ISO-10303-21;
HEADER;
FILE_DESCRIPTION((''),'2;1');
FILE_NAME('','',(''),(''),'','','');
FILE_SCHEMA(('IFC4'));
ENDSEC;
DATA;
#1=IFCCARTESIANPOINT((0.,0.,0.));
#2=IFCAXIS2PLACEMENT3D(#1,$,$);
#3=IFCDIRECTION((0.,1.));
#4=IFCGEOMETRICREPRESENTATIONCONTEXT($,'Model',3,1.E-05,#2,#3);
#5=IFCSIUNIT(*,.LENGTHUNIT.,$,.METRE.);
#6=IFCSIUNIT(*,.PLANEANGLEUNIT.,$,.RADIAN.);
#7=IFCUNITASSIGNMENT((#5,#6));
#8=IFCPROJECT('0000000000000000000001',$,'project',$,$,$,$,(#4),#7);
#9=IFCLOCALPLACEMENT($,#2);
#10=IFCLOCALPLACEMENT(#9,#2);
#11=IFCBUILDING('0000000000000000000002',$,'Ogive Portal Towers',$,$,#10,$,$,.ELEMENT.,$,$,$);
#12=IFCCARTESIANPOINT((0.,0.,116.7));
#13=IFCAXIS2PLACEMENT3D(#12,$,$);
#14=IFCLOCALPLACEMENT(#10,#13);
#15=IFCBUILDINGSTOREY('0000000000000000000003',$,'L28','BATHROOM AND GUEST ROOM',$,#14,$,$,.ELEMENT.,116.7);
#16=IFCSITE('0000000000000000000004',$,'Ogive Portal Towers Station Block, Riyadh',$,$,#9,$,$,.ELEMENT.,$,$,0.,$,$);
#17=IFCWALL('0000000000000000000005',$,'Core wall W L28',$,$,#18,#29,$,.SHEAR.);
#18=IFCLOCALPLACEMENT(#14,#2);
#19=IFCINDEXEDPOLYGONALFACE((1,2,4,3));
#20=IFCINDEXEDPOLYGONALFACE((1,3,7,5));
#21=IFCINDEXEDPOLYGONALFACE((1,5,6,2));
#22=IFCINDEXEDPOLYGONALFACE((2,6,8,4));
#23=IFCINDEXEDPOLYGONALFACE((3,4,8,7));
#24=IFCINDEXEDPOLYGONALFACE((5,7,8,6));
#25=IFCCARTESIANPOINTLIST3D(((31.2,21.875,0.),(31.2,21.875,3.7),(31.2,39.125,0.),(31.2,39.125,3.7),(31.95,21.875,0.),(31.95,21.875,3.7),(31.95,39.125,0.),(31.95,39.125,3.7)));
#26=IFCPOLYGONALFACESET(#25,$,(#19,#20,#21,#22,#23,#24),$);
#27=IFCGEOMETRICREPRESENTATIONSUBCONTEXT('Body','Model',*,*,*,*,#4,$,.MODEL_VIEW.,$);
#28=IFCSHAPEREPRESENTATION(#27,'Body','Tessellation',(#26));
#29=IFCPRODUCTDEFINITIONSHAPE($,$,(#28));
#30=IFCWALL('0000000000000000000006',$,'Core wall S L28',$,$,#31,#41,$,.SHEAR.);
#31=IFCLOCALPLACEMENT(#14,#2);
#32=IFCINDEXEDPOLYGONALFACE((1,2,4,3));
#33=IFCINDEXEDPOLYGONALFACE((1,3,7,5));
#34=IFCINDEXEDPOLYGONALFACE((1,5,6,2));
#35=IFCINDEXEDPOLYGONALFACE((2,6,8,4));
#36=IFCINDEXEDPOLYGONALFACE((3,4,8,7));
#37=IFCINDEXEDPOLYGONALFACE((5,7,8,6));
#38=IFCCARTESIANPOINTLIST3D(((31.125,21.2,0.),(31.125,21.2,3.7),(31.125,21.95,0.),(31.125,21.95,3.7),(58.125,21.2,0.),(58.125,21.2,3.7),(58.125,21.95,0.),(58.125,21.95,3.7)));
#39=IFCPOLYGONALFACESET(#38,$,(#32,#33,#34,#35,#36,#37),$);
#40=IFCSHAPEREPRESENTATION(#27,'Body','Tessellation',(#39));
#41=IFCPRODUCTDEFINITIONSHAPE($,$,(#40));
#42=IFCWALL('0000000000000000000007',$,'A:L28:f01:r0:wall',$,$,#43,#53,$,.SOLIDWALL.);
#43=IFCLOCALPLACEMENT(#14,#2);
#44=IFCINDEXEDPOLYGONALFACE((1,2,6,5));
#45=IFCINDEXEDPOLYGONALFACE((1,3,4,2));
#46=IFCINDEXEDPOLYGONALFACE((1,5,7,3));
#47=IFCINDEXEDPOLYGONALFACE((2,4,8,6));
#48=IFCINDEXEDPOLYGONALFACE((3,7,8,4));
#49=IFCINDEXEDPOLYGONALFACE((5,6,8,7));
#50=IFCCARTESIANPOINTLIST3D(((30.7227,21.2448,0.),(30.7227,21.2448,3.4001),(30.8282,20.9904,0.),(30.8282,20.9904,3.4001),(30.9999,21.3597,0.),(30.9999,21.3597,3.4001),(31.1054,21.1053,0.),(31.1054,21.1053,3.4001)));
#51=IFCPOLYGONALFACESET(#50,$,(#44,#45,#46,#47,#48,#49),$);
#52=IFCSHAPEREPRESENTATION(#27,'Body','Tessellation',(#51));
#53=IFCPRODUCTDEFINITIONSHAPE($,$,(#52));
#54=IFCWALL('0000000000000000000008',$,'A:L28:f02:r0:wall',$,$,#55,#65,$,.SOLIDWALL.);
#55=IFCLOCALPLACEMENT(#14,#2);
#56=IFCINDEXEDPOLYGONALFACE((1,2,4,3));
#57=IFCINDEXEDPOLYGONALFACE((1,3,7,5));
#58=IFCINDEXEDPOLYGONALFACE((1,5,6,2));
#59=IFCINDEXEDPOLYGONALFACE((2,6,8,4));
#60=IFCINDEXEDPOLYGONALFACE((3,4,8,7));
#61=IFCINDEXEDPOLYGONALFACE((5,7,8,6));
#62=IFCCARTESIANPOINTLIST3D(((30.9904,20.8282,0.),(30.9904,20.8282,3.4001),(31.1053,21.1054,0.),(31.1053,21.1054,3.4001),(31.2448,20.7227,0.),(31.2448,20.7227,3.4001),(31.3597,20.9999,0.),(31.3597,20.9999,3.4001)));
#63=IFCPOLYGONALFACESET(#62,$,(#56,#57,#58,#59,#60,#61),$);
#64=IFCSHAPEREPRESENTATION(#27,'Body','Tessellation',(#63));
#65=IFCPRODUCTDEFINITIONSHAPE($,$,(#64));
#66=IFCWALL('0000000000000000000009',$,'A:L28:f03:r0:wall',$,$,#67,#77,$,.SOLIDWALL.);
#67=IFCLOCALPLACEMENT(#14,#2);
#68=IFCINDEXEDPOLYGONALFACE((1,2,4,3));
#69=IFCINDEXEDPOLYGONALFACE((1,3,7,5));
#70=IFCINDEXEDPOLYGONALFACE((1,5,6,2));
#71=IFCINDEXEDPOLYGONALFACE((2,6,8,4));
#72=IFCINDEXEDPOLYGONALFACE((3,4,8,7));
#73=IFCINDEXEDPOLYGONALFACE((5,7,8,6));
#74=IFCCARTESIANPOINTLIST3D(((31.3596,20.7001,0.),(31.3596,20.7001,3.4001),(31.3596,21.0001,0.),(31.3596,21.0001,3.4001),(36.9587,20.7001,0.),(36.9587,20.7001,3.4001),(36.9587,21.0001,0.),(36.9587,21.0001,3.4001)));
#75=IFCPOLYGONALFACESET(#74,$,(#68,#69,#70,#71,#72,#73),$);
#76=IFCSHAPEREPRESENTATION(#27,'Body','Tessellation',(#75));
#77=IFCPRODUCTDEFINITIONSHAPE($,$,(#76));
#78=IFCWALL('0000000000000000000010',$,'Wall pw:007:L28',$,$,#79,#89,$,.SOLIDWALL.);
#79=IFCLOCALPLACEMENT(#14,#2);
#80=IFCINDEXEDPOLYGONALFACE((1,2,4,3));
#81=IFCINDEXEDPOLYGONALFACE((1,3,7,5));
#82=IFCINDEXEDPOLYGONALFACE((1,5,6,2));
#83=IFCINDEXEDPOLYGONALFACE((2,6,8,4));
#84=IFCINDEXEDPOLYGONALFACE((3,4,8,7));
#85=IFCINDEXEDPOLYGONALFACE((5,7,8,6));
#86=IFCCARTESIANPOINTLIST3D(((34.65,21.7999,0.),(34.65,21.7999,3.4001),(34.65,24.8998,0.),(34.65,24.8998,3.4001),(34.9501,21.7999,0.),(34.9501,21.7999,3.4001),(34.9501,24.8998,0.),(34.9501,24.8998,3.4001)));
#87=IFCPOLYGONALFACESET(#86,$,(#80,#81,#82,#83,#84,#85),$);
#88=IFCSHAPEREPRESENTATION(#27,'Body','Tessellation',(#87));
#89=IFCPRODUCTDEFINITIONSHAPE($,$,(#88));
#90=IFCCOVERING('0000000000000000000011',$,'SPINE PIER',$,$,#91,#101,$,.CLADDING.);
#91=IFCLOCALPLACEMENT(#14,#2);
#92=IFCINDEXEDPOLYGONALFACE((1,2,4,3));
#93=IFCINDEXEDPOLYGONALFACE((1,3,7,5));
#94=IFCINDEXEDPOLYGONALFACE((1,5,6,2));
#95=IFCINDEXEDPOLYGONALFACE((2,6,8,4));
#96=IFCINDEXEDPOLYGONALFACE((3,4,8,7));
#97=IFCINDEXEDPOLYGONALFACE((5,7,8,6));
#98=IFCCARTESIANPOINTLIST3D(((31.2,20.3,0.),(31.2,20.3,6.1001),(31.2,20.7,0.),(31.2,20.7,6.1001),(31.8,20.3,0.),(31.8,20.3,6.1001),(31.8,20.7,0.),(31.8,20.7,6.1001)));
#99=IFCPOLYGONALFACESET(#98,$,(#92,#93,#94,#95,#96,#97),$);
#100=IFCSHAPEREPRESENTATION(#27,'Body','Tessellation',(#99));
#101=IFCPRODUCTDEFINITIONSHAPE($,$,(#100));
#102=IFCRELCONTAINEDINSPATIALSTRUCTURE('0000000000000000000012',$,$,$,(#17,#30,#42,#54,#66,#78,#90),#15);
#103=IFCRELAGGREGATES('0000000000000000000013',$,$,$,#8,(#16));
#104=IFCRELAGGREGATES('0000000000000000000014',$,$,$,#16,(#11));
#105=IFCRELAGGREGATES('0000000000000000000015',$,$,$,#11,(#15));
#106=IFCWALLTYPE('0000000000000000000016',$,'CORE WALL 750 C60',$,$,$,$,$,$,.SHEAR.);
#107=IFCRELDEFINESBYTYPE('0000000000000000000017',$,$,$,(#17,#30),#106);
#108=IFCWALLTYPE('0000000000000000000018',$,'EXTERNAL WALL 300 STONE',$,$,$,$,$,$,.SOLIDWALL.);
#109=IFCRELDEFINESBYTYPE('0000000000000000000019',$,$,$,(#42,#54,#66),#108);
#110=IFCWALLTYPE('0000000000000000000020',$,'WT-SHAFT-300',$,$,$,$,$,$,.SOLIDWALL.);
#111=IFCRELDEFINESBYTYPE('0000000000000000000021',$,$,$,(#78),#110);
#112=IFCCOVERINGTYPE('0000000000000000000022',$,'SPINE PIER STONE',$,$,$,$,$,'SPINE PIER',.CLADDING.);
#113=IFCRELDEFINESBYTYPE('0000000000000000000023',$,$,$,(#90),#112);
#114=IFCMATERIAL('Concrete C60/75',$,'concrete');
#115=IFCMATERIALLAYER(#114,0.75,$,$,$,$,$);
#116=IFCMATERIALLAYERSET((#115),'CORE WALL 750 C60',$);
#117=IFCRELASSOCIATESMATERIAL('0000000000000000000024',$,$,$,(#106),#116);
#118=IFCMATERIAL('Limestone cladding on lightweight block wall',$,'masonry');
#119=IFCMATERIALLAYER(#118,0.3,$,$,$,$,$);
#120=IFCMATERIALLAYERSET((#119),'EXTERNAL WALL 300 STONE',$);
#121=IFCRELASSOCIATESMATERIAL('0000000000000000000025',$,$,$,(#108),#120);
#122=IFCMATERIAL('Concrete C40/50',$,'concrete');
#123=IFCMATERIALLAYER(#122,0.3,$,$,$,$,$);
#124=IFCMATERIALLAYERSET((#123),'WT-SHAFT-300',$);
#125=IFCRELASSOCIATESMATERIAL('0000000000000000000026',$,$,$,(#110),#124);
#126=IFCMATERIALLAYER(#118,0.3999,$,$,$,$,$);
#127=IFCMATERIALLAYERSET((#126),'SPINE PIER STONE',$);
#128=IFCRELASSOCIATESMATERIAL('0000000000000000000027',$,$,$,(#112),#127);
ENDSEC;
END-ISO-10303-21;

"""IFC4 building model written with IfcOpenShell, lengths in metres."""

from ifc_helpers import new_model, si_unit, direction, frame, frame_2d, origin, origin_2d, place, context, subcontext, project, spatial, rectangle, extrude, material, layer, layer_set, type_object, element, save


model = new_model("IFC4")

# Units and contexts
model_context = context("Model", 3, precision=1e-05, world=origin(), true_north=direction((0.0, 1.0)))
body_context = subcontext(model_context, "Body", "Model", "MODEL_VIEW")
ifc_project = project(units=[si_unit("LENGTHUNIT", "METRE"), si_unit("PLANEANGLEUNIT", "RADIAN")], contexts=[model_context])

# Site, building, storey
site_placement = place(None, origin())
site = spatial("IfcSite", under=ifc_project, at=site_placement, Name="Ogive Portal Towers Station Block, Riyadh", CompositionType="ELEMENT", RefElevation=0.0)
building_placement = place(site_placement, origin())
building = spatial("IfcBuilding", under=site, at=building_placement, Name="Ogive Portal Towers", CompositionType="ELEMENT")
storey_placement = place(building_placement, frame((0.0, 0.0, 116.7)))
storey = spatial("IfcBuildingStorey", under=building, at=storey_placement, Name="L28", Description="BATHROOM AND GUEST ROOM", CompositionType="ELEMENT", Elevation=116.7)

# Walls
ifc_material_1 = material(Name="Concrete C60/75", Category="concrete")
ifc_layer_1 = layer(ifc_material_1, 0.75)
ifc_layer_set_1 = layer_set([ifc_layer_1], Name="CORE WALL 750 C60")
wall_type_1 = type_object("IfcWallType", Name="CORE WALL 750 C60", PredefinedType="SHEAR", material=ifc_layer_set_1)
wall_1_placement = place(storey_placement, frame((31.575, 21.875, 0.0), z_axis=(0.0, 0.0, 1.0), x_axis=(0.0, 1.0, 0.0)))
element("IfcWall", 1, at=wall_1_placement, inside=storey, type_object=wall_type_1, Name="Core wall W L28", PredefinedType="SHEAR", context=body_context, shape_type="SweptSolid", body=[
    extrude(rectangle(XDim=17.25, YDim=0.75, at=frame_2d((8.625, 0.0))), origin(), (0.0, 0.0, 1.0), 3.7),
])
wall_2_placement = place(storey_placement, frame((31.125, 21.575, 0.0), z_axis=(0.0, 0.0, 1.0), x_axis=(1.0, 0.0, 0.0)))
element("IfcWall", 2, at=wall_2_placement, inside=storey, type_object=wall_type_1, Name="Core wall S L28", PredefinedType="SHEAR", context=body_context, shape_type="SweptSolid", body=[
    extrude(rectangle(XDim=27.0, YDim=0.75, at=frame_2d((13.5, 0.0))), origin(), (0.0, 0.0, 1.0), 3.7),
])
ifc_material_2 = material(Name="Limestone cladding on lightweight block wall", Category="masonry")
ifc_layer_2 = layer(ifc_material_2, 0.3)
ifc_layer_set_2 = layer_set([ifc_layer_2], Name="EXTERNAL WALL 300 STONE")
wall_type_2 = type_object("IfcWallType", Name="EXTERNAL WALL 300 STONE", PredefinedType="SOLIDWALL", material=ifc_layer_set_2)
for number, where, z_axis, x_axis, name in (
    (3, (30.8613, 21.3022, 0.0), (0.0, 0.0, 1.0), (0.382978, -0.923757, 0.0), "A:L28:f01:r0:wall"),
    (4, (31.0479, 20.9668, 0.0), (0.0, 0.0, 1.0), (0.923757, -0.382978, 0.0), "A:L28:f02:r0:wall"),
):
    element("IfcWall", number, at=place(storey_placement, frame(where, z_axis=z_axis, x_axis=x_axis)), inside=storey, type_object=wall_type_2, Name=name, PredefinedType="SOLIDWALL", context=body_context, shape_type="SweptSolid", body=[
        extrude(rectangle(XDim=0.2754, YDim=0.3, at=frame_2d((0.1377, 0.0))), origin(), (0.0, 0.0, 1.0), 3.4001),
    ])
wall_3_placement = place(storey_placement, frame((31.3596, 20.8501, 0.0), z_axis=(0.0, 0.0, 1.0), x_axis=(1.0, 0.0, 0.0)))
element("IfcWall", 5, at=wall_3_placement, inside=storey, type_object=wall_type_2, Name="A:L28:f03:r0:wall", PredefinedType="SOLIDWALL", context=body_context, shape_type="SweptSolid", body=[
    extrude(rectangle(XDim=5.5991, YDim=0.3, at=frame_2d((2.7996, 0.0))), origin(), (0.0, 0.0, 1.0), 3.4001),
])

# Shared definitions
ifc_material_3 = material(Name="Concrete C40/50", Category="concrete")
ifc_layer_3 = layer(ifc_material_3, 0.3)
ifc_layer_set_3 = layer_set([ifc_layer_3], Name="WT-SHAFT-300")
wall_type_3 = type_object("IfcWallType", Name="WT-SHAFT-300", PredefinedType="SOLIDWALL", material=ifc_layer_set_3)

# Wall
wall_4_placement = place(storey_placement, frame((34.8, 21.8, 0.0), z_axis=(0.0, 0.0, 1.0), x_axis=(0.0, 1.0, 0.0)))
element("IfcWall", 6, at=wall_4_placement, inside=storey, type_object=wall_type_3, Name="Wall pw:007:L28", PredefinedType="SOLIDWALL", context=body_context, shape_type="SweptSolid", body=[
    extrude(rectangle(XDim=3.0999, YDim=0.3, at=frame_2d((1.5498, 0.0))), origin(), (0.0, 0.0, 1.0), 3.4001),
])

# Covering
ifc_layer_4 = layer(ifc_material_2, 0.3999)
ifc_layer_set_4 = layer_set([ifc_layer_4], Name="SPINE PIER STONE")
covering_type = type_object("IfcCoveringType", Name="SPINE PIER STONE", ElementType="SPINE PIER", PredefinedType="CLADDING", material=ifc_layer_set_4)
covering_placement = place(storey_placement, frame((31.5, 20.5, 0.0), z_axis=(0.0, 0.0, 1.0), x_axis=(1.0, 0.0, 0.0)))
element("IfcCovering", 7, at=covering_placement, inside=storey, type_object=covering_type, Name="SPINE PIER", PredefinedType="CLADDING", context=body_context, shape_type="SweptSolid", body=[
    extrude(rectangle(XDim=0.6001, YDim=0.3999, at=origin_2d()), origin(), (0.0, 0.0, 1.0), 6.1001),
])

save(model, "model.ifc")
